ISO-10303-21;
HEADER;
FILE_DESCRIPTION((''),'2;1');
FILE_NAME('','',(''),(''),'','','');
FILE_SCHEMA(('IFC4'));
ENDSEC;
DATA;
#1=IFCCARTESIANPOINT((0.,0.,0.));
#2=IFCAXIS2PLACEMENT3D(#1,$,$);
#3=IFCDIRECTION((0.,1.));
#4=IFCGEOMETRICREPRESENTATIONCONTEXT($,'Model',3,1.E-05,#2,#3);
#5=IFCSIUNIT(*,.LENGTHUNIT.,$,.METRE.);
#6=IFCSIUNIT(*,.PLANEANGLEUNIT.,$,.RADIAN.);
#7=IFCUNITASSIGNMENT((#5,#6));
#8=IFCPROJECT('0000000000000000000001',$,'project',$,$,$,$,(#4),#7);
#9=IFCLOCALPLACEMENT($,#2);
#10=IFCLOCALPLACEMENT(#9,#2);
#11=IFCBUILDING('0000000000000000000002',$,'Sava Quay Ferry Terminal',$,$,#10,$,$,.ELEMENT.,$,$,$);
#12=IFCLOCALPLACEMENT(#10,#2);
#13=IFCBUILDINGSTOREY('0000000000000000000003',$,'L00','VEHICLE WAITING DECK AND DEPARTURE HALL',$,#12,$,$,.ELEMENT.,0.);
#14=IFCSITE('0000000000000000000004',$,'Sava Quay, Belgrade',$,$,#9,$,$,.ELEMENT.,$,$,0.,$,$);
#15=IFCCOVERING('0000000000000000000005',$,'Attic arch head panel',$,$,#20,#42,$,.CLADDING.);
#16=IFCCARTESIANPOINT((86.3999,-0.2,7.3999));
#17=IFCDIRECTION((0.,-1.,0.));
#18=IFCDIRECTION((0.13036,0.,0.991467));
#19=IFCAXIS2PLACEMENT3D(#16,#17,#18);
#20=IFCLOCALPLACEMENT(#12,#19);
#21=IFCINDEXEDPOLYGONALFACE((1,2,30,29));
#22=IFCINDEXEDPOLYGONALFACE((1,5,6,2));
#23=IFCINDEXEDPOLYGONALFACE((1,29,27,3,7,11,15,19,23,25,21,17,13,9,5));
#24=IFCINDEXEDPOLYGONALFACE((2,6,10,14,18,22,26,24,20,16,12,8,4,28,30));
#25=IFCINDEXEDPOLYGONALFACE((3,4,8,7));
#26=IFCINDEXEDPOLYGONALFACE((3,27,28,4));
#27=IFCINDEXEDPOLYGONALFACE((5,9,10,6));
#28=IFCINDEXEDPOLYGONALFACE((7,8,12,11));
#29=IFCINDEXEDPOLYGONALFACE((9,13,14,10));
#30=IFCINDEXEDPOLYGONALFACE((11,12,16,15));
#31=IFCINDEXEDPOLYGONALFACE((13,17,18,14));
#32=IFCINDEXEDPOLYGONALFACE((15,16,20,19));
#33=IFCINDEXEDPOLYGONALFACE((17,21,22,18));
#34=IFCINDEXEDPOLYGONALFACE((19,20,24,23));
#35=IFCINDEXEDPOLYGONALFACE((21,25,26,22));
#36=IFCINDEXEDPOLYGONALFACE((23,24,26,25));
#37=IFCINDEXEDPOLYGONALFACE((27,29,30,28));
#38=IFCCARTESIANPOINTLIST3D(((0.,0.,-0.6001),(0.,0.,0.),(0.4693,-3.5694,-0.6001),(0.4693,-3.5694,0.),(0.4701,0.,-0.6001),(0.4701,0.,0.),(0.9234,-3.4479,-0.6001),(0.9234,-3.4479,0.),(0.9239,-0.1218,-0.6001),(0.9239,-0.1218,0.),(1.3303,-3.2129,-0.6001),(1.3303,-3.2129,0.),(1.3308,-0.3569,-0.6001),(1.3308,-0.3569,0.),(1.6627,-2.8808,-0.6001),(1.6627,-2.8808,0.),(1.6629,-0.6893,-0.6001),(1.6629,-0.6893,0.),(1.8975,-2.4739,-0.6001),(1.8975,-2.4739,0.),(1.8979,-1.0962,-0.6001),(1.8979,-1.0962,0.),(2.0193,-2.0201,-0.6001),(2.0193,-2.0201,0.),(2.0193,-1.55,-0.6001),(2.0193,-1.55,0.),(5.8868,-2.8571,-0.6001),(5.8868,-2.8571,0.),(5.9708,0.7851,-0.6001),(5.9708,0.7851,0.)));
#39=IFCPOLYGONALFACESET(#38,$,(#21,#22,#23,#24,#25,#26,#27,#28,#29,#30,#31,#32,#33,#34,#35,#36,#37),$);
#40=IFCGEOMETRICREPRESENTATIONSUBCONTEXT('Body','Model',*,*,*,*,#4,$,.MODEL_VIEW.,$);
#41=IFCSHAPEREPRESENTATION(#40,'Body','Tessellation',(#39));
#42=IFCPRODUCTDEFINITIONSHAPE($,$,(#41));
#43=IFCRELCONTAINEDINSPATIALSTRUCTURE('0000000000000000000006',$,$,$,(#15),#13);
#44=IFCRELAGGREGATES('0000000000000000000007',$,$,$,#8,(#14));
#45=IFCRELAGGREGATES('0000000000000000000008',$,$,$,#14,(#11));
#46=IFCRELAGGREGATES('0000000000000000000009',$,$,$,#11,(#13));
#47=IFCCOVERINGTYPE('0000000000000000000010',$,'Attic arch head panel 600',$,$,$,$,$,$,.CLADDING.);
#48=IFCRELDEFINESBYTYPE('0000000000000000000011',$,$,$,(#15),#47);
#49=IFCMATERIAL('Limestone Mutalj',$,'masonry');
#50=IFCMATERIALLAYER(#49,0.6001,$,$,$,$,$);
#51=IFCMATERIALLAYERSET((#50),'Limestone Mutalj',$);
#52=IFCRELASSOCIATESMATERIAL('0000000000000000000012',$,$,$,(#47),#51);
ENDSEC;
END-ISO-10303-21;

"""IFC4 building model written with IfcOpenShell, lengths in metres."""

from ifc_helpers import new_model, si_unit, direction, frame, origin, place, context, subcontext, project, spatial, polyline, outline, extrude, material, layer, layer_set, type_object, element, save


model = new_model("IFC4")

# Units and contexts
model_context = context("Model", 3, precision=1e-05, world=origin(), true_north=direction((0.0, 1.0)))
body_context = subcontext(model_context, "Body", "Model", "MODEL_VIEW")
ifc_project = project(units=[si_unit("LENGTHUNIT", "METRE"), si_unit("PLANEANGLEUNIT", "RADIAN")], contexts=[model_context])

# Site, building, storey
site_placement = place(None, origin())
site = spatial("IfcSite", under=ifc_project, at=site_placement, Name="Sava Quay, Belgrade", CompositionType="ELEMENT", RefElevation=0.0)
building_placement = place(site_placement, origin())
building = spatial("IfcBuilding", under=site, at=building_placement, Name="Sava Quay Ferry Terminal", CompositionType="ELEMENT")
storey_placement = place(building_placement, origin())
storey = spatial("IfcBuildingStorey", under=building, at=storey_placement, Name="L00", Description="VEHICLE WAITING DECK AND DEPARTURE HALL", CompositionType="ELEMENT", Elevation=0.0)

# Covering
ifc_material_1 = material(Name="Limestone Mutalj", Category="masonry")
ifc_layer_1 = layer(ifc_material_1, 0.6001)
ifc_layer_set_1 = layer_set([ifc_layer_1], Name="Limestone Mutalj")
covering_type_1 = type_object("IfcCoveringType", Name="Attic arch head panel 600", PredefinedType="CLADDING", material=ifc_layer_set_1)
covering_1_placement = place(storey_placement, frame((86.3999, -0.2, 7.3999), z_axis=(0.0, -1.0, 0.0), x_axis=(0.13036, 0.0, 0.991467)))
element("IfcCovering", 1, at=covering_1_placement, inside=storey, type_object=covering_type_1, Name="Attic arch head panel", PredefinedType="CLADDING", context=body_context, shape_type="SweptSolid", body=[
    extrude(outline(polyline([(0.0, 0.0), (0.4701, 0.0), (0.9239, -0.1218), (1.3308, -0.3569), (1.6629, -0.6893), (1.8979, -1.0962), (2.0193, -1.55), (2.0193, -2.0201), (1.8975, -2.4739), (1.6627, -2.8808), (1.3303, -3.2129), (0.9234, -3.4479), (0.4693, -3.5694), (5.8868, -2.8571), (5.9708, 0.7851), (0.0, 0.0)])), origin(), (0.0, 0.0, -1.0), 0.6001),
])

save(model, "model.ifc")
